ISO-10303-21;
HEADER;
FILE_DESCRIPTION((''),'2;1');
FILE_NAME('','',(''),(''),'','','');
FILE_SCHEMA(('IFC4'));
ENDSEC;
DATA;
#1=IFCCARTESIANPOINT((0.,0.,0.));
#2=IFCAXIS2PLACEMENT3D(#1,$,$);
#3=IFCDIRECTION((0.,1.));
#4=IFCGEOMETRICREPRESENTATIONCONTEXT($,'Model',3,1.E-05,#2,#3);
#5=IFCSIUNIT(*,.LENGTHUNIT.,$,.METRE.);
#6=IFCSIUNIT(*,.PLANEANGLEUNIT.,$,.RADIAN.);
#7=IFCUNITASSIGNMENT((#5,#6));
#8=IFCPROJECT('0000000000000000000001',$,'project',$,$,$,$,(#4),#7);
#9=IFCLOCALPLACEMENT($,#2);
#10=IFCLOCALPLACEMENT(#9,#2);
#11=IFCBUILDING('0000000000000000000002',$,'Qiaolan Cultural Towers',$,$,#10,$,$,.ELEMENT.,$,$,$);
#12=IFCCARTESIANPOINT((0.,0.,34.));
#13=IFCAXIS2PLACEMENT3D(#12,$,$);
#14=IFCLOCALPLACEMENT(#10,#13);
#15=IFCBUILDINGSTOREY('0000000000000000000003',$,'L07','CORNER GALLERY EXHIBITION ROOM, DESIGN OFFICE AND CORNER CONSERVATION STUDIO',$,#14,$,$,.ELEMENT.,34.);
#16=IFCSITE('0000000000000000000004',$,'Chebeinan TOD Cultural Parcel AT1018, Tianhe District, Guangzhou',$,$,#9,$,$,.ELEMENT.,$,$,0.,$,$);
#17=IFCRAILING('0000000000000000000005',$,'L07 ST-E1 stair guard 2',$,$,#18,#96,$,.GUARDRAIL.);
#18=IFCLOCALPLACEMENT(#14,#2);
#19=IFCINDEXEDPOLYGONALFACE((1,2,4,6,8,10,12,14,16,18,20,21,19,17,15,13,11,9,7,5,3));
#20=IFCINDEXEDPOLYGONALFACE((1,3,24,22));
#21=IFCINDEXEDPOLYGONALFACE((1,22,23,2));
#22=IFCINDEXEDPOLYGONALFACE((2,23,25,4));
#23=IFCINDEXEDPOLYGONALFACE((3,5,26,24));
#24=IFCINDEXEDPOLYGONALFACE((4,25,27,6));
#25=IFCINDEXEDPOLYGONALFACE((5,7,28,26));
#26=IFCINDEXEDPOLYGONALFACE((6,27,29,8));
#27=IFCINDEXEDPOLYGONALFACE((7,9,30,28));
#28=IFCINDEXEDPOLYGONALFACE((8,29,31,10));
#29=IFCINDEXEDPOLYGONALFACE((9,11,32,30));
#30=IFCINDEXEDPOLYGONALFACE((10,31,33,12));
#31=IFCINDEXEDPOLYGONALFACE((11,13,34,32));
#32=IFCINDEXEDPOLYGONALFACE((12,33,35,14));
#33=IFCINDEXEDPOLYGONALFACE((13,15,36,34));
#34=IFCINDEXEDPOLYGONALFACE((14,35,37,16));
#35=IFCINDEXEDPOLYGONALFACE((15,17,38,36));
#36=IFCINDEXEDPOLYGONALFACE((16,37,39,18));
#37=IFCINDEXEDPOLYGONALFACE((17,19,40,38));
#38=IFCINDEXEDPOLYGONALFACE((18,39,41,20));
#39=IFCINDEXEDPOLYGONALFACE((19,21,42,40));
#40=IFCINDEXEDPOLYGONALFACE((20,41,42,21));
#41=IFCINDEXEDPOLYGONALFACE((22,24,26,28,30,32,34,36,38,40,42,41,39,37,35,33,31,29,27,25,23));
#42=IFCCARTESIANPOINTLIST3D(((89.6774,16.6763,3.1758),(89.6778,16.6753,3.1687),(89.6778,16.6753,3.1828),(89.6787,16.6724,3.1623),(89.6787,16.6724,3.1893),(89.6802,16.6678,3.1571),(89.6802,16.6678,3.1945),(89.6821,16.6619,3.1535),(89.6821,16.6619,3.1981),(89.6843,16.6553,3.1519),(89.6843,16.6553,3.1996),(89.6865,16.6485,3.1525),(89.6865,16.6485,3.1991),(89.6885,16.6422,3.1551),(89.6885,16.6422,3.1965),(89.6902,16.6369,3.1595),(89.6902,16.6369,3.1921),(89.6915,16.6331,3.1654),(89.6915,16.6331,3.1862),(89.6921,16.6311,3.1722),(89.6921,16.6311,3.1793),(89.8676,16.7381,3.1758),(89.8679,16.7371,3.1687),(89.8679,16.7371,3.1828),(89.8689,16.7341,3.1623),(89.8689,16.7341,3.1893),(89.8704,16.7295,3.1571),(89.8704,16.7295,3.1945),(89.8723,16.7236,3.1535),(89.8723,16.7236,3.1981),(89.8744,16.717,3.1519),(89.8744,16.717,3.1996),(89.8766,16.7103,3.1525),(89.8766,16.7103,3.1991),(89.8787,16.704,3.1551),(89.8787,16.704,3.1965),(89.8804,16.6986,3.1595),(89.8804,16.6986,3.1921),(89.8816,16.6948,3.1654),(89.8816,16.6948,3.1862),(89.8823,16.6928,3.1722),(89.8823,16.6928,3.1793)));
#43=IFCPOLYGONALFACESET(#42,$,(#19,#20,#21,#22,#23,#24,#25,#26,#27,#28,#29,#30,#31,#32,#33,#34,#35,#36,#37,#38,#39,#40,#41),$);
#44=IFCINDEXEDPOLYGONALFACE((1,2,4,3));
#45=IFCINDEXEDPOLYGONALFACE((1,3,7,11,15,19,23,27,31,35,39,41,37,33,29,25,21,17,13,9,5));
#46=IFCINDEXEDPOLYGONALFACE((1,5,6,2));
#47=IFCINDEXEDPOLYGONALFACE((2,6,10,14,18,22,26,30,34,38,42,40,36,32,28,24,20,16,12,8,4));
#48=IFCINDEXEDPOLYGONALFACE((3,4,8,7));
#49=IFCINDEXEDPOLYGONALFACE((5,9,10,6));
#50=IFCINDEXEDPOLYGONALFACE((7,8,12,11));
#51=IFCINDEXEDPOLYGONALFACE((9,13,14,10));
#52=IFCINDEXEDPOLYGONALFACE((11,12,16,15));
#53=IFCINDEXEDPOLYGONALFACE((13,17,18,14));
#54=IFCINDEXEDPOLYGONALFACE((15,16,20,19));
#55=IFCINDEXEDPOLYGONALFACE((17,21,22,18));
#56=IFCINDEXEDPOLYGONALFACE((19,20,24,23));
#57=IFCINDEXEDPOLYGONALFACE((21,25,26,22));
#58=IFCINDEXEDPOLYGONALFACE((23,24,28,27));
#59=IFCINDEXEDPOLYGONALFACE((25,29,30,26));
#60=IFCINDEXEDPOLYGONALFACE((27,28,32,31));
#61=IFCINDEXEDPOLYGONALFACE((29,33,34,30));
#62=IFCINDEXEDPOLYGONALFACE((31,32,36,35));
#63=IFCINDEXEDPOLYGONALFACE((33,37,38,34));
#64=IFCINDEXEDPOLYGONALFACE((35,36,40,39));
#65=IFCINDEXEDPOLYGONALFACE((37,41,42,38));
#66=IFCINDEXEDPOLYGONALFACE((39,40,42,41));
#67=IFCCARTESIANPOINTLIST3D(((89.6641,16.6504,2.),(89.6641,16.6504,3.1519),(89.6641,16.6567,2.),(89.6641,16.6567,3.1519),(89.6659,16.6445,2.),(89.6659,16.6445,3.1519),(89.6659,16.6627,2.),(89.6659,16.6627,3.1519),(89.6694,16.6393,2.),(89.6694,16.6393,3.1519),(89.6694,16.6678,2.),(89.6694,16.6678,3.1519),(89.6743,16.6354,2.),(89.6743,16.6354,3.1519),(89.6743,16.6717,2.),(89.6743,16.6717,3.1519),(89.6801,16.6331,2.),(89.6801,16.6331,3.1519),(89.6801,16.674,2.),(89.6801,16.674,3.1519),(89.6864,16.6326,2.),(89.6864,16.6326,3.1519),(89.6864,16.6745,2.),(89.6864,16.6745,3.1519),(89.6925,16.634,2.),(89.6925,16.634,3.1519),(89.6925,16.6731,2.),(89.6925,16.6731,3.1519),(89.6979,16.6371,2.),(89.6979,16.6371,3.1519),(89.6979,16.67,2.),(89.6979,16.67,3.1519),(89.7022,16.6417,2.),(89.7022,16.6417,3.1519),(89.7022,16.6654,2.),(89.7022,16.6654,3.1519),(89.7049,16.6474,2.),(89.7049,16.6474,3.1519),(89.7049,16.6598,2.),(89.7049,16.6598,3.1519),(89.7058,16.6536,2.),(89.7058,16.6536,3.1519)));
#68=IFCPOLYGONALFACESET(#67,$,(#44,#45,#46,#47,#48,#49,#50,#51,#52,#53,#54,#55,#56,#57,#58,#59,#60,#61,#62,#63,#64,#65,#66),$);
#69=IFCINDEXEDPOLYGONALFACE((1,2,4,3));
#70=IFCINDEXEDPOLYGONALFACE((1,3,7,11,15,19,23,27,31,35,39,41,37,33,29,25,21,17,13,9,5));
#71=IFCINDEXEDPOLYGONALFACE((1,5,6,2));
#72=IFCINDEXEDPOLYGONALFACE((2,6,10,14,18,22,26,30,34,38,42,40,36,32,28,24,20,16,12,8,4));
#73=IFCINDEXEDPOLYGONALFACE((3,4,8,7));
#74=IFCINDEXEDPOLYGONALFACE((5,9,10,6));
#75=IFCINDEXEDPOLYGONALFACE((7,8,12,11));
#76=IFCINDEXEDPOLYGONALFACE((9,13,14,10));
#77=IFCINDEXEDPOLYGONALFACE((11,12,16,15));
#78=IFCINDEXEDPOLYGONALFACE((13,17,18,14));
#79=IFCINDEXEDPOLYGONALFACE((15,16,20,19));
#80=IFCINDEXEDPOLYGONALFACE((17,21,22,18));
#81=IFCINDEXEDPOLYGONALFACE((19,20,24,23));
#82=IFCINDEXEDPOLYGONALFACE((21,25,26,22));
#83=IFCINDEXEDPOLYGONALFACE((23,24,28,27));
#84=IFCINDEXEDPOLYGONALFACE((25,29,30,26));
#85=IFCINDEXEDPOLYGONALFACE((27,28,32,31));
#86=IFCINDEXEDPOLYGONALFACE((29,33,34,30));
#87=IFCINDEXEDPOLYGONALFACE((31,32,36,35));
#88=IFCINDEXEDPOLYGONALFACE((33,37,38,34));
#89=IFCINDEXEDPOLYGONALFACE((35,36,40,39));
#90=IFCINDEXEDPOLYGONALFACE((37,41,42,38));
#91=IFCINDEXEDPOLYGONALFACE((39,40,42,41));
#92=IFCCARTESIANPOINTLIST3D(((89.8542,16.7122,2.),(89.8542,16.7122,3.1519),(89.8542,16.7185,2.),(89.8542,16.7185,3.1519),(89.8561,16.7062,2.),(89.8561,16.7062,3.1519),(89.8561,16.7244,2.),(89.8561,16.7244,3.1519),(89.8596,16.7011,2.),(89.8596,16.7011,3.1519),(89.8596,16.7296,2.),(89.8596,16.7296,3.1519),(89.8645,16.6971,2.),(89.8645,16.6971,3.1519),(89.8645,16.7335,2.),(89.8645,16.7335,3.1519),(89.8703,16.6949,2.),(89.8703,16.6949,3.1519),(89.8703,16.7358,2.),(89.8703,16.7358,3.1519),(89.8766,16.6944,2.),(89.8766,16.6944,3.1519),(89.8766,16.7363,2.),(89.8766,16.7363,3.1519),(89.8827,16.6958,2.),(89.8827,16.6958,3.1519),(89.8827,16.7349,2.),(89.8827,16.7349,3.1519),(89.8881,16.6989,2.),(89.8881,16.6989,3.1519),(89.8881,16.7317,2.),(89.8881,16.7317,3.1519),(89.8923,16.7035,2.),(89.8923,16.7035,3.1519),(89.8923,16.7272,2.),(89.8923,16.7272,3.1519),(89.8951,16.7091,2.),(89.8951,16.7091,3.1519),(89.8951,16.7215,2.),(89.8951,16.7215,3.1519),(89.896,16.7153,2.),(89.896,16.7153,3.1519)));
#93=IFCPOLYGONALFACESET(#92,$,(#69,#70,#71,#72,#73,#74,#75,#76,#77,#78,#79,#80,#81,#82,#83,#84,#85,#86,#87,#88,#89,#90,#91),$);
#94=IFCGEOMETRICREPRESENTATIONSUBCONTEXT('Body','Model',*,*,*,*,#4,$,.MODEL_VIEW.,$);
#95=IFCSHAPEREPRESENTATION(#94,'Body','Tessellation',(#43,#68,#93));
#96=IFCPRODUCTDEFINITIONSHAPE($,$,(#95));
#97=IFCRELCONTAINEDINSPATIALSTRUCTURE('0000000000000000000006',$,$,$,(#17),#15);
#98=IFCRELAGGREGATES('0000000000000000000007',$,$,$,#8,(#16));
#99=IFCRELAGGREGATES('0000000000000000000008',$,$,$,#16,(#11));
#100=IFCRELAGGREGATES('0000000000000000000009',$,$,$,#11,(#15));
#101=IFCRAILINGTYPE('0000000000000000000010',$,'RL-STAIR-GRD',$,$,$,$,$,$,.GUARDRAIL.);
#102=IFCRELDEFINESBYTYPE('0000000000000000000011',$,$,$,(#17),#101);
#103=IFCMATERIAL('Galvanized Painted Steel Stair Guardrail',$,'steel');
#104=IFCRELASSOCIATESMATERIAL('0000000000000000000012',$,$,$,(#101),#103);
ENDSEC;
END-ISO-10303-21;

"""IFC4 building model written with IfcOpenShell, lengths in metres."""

from ifc_helpers import new_model, si_unit, direction, frame, origin, origin_2d, place, context, subcontext, project, spatial, circle, extrude, material, type_object, element, save


model = new_model("IFC4")

# Units and contexts
model_context = context("Model", 3, precision=1e-05, world=origin(), true_north=direction((0.0, 1.0)))
body_context = subcontext(model_context, "Body", "Model", "MODEL_VIEW")
ifc_project = project(units=[si_unit("LENGTHUNIT", "METRE"), si_unit("PLANEANGLEUNIT", "RADIAN")], contexts=[model_context])

# Site, building, storey
site_placement = place(None, origin())
site = spatial("IfcSite", under=ifc_project, at=site_placement, Name="Chebeinan TOD Cultural Parcel AT1018, Tianhe District, Guangzhou", CompositionType="ELEMENT", RefElevation=0.0)
building_placement = place(site_placement, origin())
building = spatial("IfcBuilding", under=site, at=building_placement, Name="Qiaolan Cultural Towers", CompositionType="ELEMENT")
storey_placement = place(building_placement, frame((0.0, 0.0, 34.0)))
storey = spatial("IfcBuildingStorey", under=building, at=storey_placement, Name="L07", Description="CORNER GALLERY EXHIBITION ROOM, DESIGN OFFICE AND CORNER CONSERVATION STUDIO", CompositionType="ELEMENT", Elevation=34.0)

# Railing
ifc_material_1 = material(Name="Galvanized Painted Steel Stair Guardrail", Category="steel")
railing_type_1 = type_object("IfcRailingType", Name="RL-STAIR-GRD", PredefinedType="GUARDRAIL", material=ifc_material_1)
railing_1_placement = place(storey_placement, frame((89.6848, 16.6536, 2.0)))
element("IfcRailing", 1, at=railing_1_placement, inside=storey, type_object=railing_type_1, Name="L07 ST-E1 stair guard 2", PredefinedType="GUARDRAIL", context=body_context, shape_type="SweptSolid", body=[
    extrude(circle(Radius=0.0239, at=origin_2d()), frame((0.0, 0.0, 1.1758), z_axis=(0.951097, 0.308893, 0.0), x_axis=(-0.308893, 0.951097, 0.0)), (0.0, 0.0, 1.0), 0.2),
    extrude(circle(Radius=0.021, at=origin_2d()), origin(), (0.0, 0.0, 1.0), 1.1519),
    extrude(circle(Radius=0.021, at=origin_2d()), frame((0.1902, 0.0618, 0.0)), (0.0, 0.0, 1.0), 1.1519),
])

save(model, "model.ifc")
